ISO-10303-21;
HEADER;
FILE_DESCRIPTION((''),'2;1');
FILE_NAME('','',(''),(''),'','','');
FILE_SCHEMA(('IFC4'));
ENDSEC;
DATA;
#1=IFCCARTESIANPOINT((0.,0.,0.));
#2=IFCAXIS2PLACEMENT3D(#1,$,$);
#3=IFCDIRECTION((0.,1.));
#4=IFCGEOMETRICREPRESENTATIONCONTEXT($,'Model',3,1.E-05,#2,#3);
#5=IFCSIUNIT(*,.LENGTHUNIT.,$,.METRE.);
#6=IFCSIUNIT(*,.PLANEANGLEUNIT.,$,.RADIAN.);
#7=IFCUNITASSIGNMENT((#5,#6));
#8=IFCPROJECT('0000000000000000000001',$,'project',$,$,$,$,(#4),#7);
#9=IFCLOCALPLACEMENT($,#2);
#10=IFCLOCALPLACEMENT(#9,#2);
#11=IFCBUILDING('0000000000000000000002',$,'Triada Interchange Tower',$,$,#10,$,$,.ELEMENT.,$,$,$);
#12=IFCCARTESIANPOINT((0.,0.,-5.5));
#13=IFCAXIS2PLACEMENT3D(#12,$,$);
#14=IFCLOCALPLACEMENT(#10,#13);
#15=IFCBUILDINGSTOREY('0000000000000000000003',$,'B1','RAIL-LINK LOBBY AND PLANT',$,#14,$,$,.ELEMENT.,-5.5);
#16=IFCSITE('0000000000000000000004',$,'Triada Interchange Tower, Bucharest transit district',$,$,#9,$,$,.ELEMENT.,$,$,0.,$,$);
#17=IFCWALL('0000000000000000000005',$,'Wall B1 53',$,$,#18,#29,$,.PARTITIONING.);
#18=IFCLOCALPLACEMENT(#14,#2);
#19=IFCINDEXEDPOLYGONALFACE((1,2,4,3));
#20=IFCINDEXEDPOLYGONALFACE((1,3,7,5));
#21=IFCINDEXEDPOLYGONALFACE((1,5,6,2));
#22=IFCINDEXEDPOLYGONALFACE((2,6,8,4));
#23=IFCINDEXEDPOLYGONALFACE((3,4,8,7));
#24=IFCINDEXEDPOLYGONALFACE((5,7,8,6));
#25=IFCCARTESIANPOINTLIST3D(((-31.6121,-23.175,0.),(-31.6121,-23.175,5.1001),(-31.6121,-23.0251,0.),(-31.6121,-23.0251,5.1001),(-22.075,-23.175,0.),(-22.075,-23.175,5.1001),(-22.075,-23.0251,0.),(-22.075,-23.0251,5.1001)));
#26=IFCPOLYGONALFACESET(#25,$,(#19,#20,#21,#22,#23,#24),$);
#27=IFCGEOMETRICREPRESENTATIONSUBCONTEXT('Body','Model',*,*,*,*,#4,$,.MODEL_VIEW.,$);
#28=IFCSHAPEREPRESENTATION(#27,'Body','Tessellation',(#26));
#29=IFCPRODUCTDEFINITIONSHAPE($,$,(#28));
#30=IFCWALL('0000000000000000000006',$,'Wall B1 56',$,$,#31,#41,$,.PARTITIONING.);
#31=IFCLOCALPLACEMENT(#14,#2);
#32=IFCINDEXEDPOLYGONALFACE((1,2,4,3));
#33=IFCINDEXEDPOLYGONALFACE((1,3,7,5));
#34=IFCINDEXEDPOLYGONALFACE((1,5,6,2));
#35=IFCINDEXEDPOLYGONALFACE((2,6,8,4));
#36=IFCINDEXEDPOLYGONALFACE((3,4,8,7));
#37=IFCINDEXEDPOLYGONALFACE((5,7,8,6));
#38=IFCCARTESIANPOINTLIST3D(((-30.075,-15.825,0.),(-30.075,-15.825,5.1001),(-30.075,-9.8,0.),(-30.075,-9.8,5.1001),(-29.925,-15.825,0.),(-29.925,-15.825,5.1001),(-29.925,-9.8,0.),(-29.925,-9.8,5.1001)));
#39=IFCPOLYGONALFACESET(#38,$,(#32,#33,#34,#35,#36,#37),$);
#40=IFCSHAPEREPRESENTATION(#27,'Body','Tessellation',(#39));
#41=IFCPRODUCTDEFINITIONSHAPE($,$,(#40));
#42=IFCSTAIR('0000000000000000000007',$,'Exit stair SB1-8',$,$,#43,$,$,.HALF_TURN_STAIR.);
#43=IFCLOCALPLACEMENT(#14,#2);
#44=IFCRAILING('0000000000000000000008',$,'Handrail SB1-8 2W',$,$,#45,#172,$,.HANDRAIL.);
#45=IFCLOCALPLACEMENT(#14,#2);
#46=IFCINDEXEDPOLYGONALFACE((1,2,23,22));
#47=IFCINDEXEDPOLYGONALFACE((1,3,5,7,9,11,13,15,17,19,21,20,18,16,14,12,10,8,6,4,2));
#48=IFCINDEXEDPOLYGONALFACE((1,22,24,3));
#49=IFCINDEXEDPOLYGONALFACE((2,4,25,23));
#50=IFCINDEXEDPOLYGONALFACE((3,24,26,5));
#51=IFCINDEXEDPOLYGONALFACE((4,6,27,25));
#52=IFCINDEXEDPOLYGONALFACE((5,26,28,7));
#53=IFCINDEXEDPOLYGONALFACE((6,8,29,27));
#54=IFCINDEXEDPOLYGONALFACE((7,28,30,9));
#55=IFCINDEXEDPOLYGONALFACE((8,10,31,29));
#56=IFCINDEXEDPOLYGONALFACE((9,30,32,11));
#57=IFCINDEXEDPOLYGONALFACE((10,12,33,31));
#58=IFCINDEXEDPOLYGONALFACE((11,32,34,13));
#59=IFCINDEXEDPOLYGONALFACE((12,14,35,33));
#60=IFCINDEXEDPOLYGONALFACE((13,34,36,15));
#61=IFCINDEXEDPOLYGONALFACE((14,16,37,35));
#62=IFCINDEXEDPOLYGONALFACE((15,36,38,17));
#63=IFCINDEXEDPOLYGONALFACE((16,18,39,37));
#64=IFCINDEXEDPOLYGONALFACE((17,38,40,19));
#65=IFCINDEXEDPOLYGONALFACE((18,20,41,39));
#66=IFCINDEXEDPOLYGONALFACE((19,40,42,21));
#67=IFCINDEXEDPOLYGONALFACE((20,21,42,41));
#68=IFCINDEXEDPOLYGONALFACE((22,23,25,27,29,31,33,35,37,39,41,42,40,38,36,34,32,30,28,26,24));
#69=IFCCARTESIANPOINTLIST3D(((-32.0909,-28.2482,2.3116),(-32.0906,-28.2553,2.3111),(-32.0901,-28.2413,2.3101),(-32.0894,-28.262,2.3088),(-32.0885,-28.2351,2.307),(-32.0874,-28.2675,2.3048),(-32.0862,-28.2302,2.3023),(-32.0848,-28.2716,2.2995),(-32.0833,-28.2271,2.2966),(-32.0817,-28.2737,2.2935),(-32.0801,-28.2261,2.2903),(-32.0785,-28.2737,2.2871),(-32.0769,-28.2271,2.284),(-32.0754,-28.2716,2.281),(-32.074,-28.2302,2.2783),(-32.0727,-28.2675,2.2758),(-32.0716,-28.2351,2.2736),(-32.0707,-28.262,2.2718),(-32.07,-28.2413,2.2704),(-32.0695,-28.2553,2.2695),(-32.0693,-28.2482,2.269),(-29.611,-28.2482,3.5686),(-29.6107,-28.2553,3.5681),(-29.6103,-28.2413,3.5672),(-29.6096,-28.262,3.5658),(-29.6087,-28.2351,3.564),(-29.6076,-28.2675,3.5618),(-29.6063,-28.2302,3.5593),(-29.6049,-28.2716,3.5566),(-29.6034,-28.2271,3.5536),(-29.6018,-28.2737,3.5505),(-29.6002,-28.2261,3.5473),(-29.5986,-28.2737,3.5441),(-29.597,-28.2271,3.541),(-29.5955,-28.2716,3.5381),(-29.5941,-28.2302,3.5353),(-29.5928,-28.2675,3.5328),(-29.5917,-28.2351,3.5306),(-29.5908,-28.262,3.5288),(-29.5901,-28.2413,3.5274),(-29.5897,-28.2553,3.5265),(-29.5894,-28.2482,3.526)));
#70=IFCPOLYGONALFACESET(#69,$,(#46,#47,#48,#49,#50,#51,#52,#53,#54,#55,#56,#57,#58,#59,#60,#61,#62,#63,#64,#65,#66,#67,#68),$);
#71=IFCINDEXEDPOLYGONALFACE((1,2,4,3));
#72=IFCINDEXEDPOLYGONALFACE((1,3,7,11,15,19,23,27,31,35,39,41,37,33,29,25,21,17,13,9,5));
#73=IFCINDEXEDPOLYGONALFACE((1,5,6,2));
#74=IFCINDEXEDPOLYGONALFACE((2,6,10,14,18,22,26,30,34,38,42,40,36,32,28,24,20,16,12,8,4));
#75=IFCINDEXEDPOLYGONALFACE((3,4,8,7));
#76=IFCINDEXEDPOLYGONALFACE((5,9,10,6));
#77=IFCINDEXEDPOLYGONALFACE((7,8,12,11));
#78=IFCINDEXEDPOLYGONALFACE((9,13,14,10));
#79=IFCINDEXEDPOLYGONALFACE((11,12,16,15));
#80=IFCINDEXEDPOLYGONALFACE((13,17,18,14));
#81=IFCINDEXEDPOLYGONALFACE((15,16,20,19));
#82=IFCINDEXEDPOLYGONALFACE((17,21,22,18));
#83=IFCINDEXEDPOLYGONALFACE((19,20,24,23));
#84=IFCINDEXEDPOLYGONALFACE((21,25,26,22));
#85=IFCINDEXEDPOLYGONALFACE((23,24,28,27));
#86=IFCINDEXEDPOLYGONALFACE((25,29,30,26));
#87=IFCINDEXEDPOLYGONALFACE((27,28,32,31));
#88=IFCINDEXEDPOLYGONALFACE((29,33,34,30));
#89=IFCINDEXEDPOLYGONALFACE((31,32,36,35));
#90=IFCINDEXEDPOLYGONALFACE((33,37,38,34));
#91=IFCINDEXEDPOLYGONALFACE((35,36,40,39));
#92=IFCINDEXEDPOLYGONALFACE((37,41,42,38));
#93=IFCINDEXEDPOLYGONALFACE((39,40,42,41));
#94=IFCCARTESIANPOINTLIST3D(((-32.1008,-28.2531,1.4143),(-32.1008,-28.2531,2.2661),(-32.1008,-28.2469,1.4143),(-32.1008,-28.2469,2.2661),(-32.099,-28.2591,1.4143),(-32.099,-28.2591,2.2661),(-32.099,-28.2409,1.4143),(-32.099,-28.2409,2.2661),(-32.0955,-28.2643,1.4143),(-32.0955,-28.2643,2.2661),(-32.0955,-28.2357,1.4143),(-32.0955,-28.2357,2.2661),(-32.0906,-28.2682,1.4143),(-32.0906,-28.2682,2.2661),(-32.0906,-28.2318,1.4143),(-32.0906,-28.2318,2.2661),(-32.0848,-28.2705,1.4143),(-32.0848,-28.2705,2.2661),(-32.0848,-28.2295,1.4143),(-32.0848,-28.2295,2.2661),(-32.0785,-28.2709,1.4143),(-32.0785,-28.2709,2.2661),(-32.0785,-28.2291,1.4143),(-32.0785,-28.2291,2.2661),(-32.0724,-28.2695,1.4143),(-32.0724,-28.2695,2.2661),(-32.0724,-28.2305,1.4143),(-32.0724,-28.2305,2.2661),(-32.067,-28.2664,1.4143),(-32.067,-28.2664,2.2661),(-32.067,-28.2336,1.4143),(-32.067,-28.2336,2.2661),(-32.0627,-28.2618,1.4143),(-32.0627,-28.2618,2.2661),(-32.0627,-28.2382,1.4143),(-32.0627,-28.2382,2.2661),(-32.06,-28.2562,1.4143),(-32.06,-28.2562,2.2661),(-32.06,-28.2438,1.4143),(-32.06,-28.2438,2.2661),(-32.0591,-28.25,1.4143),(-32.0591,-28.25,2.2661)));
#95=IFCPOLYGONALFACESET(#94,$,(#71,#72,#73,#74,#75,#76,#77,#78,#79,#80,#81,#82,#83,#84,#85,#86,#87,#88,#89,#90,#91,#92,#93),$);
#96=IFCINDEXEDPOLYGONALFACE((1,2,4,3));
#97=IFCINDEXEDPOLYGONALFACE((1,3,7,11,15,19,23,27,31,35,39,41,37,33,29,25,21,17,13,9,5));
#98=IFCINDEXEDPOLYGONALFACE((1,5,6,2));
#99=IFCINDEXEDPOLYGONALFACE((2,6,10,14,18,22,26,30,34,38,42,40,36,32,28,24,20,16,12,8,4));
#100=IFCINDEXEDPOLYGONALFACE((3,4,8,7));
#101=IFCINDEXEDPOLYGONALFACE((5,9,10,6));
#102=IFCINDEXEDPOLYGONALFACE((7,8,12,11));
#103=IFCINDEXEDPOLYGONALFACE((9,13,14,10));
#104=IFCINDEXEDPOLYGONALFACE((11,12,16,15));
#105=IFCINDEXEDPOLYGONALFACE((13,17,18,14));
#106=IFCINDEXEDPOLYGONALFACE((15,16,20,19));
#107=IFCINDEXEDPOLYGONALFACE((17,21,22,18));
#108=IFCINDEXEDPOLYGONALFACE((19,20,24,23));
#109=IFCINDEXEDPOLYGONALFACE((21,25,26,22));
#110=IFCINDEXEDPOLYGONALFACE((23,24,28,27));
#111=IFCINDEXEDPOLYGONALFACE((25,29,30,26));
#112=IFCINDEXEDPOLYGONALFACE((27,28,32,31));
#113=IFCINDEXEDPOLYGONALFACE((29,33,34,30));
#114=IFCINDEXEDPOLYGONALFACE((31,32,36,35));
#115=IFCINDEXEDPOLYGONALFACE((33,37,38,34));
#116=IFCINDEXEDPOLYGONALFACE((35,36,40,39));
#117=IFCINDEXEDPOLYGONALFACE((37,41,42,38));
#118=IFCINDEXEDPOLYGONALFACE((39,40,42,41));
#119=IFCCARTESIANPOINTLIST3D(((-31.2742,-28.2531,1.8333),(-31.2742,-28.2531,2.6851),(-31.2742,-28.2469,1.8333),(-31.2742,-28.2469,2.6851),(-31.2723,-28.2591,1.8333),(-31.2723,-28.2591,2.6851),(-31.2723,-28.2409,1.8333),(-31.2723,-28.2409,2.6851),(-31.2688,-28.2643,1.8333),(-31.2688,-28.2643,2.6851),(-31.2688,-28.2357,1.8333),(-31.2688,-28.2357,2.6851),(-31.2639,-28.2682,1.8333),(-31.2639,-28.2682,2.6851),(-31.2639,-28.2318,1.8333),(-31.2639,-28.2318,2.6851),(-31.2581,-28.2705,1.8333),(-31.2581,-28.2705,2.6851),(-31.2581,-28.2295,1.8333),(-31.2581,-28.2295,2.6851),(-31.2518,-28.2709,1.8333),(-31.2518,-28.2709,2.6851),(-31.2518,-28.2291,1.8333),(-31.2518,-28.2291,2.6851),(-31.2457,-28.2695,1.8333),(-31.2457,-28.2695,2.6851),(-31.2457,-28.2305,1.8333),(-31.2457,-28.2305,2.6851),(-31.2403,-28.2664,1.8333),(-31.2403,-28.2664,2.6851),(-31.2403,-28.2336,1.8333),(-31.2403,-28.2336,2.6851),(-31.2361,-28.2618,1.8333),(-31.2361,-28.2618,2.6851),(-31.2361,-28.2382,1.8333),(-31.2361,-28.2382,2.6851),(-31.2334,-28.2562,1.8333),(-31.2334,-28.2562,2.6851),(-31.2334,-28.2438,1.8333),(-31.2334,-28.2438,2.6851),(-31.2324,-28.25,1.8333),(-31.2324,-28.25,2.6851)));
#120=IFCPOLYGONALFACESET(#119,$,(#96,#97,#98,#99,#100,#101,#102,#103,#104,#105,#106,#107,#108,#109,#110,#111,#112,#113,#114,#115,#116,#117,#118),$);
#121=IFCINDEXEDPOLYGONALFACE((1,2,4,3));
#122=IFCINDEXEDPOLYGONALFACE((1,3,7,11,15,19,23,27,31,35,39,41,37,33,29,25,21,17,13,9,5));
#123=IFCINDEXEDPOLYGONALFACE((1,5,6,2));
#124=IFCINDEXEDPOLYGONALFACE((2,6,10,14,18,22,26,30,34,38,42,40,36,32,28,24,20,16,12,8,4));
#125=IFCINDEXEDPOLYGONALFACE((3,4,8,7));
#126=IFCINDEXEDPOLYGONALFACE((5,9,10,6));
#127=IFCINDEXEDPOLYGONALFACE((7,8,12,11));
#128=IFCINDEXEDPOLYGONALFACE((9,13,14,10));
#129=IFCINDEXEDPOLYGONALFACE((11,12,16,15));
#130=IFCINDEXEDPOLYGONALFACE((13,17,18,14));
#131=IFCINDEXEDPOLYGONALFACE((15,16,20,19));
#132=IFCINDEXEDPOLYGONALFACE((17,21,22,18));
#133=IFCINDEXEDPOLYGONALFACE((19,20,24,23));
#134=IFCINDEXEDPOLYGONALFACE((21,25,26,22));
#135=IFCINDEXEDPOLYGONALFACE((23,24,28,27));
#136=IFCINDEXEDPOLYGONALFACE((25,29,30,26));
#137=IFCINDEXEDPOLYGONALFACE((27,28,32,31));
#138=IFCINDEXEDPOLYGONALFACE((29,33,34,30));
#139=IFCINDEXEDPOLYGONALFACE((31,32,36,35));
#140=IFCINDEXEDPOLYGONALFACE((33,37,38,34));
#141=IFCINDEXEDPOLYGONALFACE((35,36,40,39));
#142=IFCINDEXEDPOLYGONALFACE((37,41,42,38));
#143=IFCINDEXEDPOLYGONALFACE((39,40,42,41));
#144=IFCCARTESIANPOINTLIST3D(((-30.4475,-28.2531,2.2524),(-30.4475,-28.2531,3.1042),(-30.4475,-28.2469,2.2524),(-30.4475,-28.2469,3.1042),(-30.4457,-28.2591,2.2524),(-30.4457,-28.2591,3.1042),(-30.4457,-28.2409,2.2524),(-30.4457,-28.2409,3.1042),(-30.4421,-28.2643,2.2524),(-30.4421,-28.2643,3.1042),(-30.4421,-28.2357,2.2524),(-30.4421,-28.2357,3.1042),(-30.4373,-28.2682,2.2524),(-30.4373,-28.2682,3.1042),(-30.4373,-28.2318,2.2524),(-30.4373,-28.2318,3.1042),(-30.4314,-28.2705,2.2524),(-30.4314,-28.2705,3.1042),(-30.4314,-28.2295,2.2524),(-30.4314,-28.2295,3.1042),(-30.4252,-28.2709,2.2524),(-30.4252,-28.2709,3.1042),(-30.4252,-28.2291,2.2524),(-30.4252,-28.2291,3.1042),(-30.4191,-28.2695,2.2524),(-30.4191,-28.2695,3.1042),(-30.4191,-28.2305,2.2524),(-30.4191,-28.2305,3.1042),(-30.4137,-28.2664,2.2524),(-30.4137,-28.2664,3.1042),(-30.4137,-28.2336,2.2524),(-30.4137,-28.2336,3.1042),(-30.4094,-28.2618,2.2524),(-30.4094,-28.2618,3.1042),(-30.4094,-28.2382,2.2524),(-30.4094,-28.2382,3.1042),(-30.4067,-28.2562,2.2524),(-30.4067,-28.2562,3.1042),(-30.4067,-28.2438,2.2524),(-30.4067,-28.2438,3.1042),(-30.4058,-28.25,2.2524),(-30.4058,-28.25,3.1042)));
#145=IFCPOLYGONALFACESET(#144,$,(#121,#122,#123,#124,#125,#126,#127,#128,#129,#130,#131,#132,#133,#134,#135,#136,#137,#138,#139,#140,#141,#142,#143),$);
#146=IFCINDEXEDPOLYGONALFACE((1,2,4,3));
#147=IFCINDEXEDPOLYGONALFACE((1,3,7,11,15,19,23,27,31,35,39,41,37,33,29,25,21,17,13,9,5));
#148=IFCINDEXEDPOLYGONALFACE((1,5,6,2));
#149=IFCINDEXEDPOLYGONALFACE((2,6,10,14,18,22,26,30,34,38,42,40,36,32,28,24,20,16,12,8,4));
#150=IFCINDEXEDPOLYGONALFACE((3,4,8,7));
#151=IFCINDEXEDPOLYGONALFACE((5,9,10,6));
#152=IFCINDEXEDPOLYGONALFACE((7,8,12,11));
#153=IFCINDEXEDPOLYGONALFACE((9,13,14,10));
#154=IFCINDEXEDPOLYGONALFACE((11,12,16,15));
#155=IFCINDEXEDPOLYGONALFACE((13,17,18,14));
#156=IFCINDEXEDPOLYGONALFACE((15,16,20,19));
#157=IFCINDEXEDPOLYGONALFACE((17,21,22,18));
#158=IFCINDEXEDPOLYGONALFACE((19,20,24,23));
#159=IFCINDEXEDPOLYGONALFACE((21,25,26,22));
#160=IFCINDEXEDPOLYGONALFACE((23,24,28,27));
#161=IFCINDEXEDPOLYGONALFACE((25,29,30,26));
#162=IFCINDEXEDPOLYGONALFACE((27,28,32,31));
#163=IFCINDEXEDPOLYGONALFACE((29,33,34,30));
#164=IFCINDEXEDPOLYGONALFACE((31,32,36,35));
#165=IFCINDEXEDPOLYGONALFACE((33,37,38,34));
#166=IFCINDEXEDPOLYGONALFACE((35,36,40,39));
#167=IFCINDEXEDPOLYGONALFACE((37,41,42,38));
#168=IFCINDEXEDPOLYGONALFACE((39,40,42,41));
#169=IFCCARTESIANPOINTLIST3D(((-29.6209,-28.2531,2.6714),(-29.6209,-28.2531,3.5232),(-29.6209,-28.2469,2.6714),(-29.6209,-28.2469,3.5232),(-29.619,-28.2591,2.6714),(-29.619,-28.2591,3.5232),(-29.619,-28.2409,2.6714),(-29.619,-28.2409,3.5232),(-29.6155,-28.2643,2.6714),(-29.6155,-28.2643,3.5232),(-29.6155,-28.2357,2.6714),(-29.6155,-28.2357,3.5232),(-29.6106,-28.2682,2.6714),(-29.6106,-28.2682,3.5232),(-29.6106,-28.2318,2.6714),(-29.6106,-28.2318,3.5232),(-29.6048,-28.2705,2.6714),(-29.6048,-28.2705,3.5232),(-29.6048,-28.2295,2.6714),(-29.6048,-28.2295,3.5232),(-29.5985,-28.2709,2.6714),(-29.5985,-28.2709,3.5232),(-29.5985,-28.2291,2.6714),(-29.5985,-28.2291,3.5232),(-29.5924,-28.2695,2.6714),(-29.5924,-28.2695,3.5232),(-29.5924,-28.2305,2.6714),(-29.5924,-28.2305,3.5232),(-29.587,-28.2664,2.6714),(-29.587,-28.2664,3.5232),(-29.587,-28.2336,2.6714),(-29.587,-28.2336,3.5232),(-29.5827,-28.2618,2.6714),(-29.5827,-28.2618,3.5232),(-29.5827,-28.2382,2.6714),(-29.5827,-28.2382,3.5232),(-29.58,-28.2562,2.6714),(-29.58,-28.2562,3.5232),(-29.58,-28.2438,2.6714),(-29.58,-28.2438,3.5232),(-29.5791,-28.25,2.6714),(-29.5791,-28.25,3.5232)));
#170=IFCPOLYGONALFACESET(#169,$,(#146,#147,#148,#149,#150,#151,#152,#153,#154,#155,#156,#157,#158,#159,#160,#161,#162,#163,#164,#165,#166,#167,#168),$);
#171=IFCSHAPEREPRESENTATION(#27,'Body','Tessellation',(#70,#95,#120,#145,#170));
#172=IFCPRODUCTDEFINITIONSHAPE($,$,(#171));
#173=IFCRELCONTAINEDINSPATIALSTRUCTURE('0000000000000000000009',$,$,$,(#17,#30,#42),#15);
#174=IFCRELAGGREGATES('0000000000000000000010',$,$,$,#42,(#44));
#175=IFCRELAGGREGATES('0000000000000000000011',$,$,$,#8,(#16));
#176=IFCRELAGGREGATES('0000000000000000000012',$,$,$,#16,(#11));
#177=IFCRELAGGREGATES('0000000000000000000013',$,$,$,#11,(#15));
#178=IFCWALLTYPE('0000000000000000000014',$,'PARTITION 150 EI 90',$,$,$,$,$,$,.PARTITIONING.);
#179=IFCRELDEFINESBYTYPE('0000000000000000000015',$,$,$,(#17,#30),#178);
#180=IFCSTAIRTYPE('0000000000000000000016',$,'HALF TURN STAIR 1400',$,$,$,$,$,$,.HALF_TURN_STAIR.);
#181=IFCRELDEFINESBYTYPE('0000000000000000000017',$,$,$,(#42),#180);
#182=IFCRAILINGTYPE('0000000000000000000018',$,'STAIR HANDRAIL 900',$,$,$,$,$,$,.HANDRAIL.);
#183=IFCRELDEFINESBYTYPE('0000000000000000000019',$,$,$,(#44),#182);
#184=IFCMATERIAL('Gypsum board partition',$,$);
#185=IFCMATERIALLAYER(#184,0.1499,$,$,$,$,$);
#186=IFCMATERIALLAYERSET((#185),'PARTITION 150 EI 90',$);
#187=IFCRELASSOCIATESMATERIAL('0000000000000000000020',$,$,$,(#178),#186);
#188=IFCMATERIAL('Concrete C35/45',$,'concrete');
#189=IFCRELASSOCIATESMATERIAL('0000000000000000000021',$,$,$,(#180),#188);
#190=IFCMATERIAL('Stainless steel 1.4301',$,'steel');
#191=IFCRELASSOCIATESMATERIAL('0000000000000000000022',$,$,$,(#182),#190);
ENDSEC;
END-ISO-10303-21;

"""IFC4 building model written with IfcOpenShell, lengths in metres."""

from ifc_helpers import new_model, si_unit, direction, frame, frame_2d, origin, origin_2d, place, context, subcontext, project, spatial, rectangle, circle, extrude, material, layer, layer_set, type_object, element, aggregate, save


model = new_model("IFC4")

# Units and contexts
model_context = context("Model", 3, precision=1e-05, world=origin(), true_north=direction((0.0, 1.0)))
body_context = subcontext(model_context, "Body", "Model", "MODEL_VIEW")
ifc_project = project(units=[si_unit("LENGTHUNIT", "METRE"), si_unit("PLANEANGLEUNIT", "RADIAN")], contexts=[model_context])

# Site, building, storey
site_placement = place(None, origin())
site = spatial("IfcSite", under=ifc_project, at=site_placement, Name="Triada Interchange Tower, Bucharest transit district", CompositionType="ELEMENT", RefElevation=0.0)
building_placement = place(site_placement, origin())
building = spatial("IfcBuilding", under=site, at=building_placement, Name="Triada Interchange Tower", CompositionType="ELEMENT")
storey_placement = place(building_placement, frame((0.0, 0.0, -5.5)))
storey = spatial("IfcBuildingStorey", under=building, at=storey_placement, Name="B1", Description="RAIL-LINK LOBBY AND PLANT", CompositionType="ELEMENT", Elevation=-5.5)

# Shared definitions
ifc_material_1 = material(Name="Concrete C35/45", Category="concrete")

# Walls
ifc_material_2 = material(Name="Gypsum board partition")
ifc_layer_1 = layer(ifc_material_2, 0.1499)
ifc_layer_set_1 = layer_set([ifc_layer_1], Name="PARTITION 150 EI 90")
wall_type_1 = type_object("IfcWallType", Name="PARTITION 150 EI 90", PredefinedType="PARTITIONING", material=ifc_layer_set_1)
wall_1_placement = place(storey_placement, frame((-31.6121, -23.1001, 0.0), z_axis=(0.0, 0.0, 1.0), x_axis=(1.0, 0.0, 0.0)))
element("IfcWall", 1, at=wall_1_placement, inside=storey, type_object=wall_type_1, Name="Wall B1 53", PredefinedType="PARTITIONING", context=body_context, shape_type="SweptSolid", body=[
    extrude(rectangle(XDim=9.5371, YDim=0.1499, at=frame_2d((4.7686, 0.0))), origin(), (0.0, 0.0, 1.0), 5.1001),
])
wall_2_placement = place(storey_placement, frame((-30.0, -15.825, 0.0), z_axis=(0.0, 0.0, 1.0), x_axis=(0.0, 1.0, 0.0)))
element("IfcWall", 2, at=wall_2_placement, inside=storey, type_object=wall_type_1, Name="Wall B1 56", PredefinedType="PARTITIONING", context=body_context, shape_type="SweptSolid", body=[
    extrude(rectangle(XDim=6.0249, YDim=0.1499, at=frame_2d((3.0125, 0.0))), origin(), (0.0, 0.0, 1.0), 5.1001),
])

# Stair, railing
stair_type = type_object("IfcStairType", Name="HALF TURN STAIR 1400", PredefinedType="HALF_TURN_STAIR", material=ifc_material_1)
stair_placement = place(storey_placement, origin())
stair = element("IfcStair", 3, at=stair_placement, inside=storey, type_object=stair_type, Name="Exit stair SB1-8", PredefinedType="HALF_TURN_STAIR")
ifc_material_3 = material(Name="Stainless steel 1.4301", Category="steel")
railing_type = type_object("IfcRailingType", Name="STAIR HANDRAIL 900", PredefinedType="HANDRAIL", material=ifc_material_3)
railing_1_placement = place(storey_placement, frame((-32.0801, -28.25, 1.4143)))
railing_1 = element("IfcRailing", 4, at=railing_1_placement, type_object=railing_type, Name="Handrail SB1-8 2W", PredefinedType="HANDRAIL", context=body_context, shape_type="SweptSolid", body=[
    extrude(circle(Radius=0.0239, at=origin_2d()), frame((0.0, 0.0, 0.876), z_axis=(0.891955, 0.0, 0.452124), x_axis=(0.0, 1.0, 0.0)), (0.0, 0.0, 1.0), 2.7803),
    extrude(circle(Radius=0.021, at=origin_2d()), origin(), (0.0, 0.0, 1.0), 0.8518),
    extrude(circle(Radius=0.021, at=origin_2d()), frame((0.8267, 0.0, 0.4189)), (0.0, 0.0, 1.0), 0.8518),
    extrude(circle(Radius=0.021, at=origin_2d()), frame((1.6533, 0.0, 0.8381)), (0.0, 0.0, 1.0), 0.8518),
    extrude(circle(Radius=0.021, at=origin_2d()), frame((2.48, 0.0, 1.2571)), (0.0, 0.0, 1.0), 0.8518),
])
aggregate(stair, [railing_1])

save(model, "model.ifc")
